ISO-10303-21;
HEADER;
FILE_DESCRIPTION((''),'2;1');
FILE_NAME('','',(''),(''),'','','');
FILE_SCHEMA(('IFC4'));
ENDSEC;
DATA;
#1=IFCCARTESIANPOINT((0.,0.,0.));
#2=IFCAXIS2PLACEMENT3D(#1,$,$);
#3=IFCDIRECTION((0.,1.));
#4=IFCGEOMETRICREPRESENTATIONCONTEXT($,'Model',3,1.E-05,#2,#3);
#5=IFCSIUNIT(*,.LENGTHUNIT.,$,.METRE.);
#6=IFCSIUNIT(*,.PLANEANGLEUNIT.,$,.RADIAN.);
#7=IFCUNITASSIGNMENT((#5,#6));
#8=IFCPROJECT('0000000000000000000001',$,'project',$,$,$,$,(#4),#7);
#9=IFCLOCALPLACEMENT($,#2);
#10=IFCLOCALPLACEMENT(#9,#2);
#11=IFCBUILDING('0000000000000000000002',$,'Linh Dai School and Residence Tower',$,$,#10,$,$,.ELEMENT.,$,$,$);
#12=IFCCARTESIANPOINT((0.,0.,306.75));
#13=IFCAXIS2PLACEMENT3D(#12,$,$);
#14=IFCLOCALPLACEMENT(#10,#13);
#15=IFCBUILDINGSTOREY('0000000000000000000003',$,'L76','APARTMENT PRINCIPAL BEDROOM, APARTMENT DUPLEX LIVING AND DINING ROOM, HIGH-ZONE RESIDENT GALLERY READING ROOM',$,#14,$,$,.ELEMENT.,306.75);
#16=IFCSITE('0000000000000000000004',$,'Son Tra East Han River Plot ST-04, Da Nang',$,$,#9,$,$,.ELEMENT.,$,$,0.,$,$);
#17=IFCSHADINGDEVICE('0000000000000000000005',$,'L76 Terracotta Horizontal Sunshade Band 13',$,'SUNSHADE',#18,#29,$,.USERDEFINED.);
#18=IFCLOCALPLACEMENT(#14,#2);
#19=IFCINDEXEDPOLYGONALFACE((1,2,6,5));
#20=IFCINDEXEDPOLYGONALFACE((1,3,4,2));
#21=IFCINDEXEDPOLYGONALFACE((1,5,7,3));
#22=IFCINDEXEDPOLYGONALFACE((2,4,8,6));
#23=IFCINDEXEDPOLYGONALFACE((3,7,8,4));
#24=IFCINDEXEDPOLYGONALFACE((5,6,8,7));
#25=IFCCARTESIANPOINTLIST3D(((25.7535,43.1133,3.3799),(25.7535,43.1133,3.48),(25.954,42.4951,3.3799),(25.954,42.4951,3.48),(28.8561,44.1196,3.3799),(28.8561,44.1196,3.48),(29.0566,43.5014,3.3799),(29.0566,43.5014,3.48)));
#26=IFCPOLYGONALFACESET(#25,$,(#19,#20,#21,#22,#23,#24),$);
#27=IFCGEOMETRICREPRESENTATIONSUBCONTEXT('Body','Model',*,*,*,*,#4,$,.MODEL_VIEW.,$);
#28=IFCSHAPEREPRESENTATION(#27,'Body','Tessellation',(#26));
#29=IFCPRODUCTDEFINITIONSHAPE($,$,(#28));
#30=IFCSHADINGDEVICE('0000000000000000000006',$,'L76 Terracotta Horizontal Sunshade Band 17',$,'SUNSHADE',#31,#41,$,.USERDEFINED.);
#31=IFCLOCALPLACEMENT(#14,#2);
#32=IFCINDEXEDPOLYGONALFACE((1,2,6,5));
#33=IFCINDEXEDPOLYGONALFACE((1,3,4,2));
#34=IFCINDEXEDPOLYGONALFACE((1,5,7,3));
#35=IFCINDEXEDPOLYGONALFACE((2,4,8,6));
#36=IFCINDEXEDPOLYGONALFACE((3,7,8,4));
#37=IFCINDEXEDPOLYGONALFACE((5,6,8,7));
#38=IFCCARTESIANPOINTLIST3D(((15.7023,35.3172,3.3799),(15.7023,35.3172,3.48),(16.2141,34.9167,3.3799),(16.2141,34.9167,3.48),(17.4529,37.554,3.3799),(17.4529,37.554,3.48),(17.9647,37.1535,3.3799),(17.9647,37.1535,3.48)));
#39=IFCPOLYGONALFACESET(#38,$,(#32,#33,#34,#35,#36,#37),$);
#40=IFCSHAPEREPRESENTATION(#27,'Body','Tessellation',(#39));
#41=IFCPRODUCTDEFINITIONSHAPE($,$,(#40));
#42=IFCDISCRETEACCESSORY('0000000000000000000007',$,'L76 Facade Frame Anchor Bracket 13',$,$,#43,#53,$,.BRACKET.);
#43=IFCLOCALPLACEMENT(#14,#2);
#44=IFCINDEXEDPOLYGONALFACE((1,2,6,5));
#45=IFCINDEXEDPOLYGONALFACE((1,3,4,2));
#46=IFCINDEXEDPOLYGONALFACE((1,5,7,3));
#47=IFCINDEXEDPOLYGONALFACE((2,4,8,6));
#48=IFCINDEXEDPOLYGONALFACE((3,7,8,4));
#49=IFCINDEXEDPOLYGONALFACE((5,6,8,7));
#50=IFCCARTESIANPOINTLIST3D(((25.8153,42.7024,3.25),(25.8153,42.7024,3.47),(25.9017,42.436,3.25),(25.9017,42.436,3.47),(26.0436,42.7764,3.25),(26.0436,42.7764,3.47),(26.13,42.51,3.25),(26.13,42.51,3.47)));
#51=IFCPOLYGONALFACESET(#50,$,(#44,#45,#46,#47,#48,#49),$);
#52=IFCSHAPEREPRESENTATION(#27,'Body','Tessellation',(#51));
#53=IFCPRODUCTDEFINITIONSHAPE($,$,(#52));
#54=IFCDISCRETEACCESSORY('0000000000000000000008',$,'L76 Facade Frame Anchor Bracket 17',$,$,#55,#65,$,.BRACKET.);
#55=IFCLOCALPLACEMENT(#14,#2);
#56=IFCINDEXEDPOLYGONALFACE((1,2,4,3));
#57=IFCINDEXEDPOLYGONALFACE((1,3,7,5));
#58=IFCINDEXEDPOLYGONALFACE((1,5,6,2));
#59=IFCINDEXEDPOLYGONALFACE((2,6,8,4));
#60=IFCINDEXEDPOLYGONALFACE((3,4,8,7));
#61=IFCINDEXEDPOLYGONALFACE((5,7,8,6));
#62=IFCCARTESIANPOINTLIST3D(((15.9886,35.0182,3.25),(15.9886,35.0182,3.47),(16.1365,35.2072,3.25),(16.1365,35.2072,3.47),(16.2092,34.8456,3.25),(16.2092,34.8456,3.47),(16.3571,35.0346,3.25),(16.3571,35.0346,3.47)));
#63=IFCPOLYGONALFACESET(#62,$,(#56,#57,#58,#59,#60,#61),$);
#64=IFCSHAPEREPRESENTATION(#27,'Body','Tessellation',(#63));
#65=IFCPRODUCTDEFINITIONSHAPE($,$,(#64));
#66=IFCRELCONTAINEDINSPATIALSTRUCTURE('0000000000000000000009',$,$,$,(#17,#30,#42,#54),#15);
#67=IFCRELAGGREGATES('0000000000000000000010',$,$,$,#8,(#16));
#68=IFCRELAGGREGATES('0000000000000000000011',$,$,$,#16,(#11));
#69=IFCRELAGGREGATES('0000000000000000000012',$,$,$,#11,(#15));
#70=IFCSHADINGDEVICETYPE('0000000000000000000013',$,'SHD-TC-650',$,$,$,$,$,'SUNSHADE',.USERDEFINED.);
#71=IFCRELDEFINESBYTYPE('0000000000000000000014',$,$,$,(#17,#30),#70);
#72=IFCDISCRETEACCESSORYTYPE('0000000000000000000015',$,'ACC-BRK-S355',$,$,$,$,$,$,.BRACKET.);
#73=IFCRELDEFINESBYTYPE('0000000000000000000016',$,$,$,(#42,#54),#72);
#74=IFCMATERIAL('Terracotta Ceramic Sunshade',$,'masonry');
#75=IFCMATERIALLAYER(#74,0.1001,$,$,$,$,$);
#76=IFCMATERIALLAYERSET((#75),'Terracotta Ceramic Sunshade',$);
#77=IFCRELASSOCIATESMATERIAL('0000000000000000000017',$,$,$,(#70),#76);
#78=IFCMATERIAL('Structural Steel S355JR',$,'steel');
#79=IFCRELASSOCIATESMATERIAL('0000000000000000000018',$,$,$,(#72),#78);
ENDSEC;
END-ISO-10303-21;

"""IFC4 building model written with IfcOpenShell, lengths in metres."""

from ifc_helpers import new_model, si_unit, direction, frame, origin, origin_2d, place, context, subcontext, project, spatial, rectangle, extrude, source, transform, mapped, material, layer, layer_set, type_object, element, save


model = new_model("IFC4")

# Units and contexts
model_context = context("Model", 3, precision=1e-05, world=origin(), true_north=direction((0.0, 1.0)))
body_context = subcontext(model_context, "Body", "Model", "MODEL_VIEW")
ifc_project = project(units=[si_unit("LENGTHUNIT", "METRE"), si_unit("PLANEANGLEUNIT", "RADIAN")], contexts=[model_context])

# Site, building, storey
site_placement = place(None, origin())
site = spatial("IfcSite", under=ifc_project, at=site_placement, Name="Son Tra East Han River Plot ST-04, Da Nang", CompositionType="ELEMENT", RefElevation=0.0)
building_placement = place(site_placement, origin())
building = spatial("IfcBuilding", under=site, at=building_placement, Name="Linh Dai School and Residence Tower", CompositionType="ELEMENT")
storey_placement = place(building_placement, frame((0.0, 0.0, 306.75)))
storey = spatial("IfcBuildingStorey", under=building, at=storey_placement, Name="L76", Description="APARTMENT PRINCIPAL BEDROOM, APARTMENT DUPLEX LIVING AND DINING ROOM, HIGH-ZONE RESIDENT GALLERY READING ROOM", CompositionType="ELEMENT", Elevation=306.75)

# Shared definitions
ifc_material_1 = material(Name="Structural Steel S355JR", Category="steel")

# Shading devices
ifc_material_2 = material(Name="Terracotta Ceramic Sunshade", Category="masonry")
ifc_layer_1 = layer(ifc_material_2, 0.1001)
ifc_layer_set_1 = layer_set([ifc_layer_1], Name="Terracotta Ceramic Sunshade")
shading_device_type = type_object("IfcShadingDeviceType", Name="SHD-TC-650", ElementType="SUNSHADE", PredefinedType="USERDEFINED", material=ifc_layer_set_1)
shared_shape_1 = source(origin(), body_context, "Body", "SweptSolid", [
    extrude(rectangle(XDim=3.2617, YDim=0.6499, at=origin_2d()), origin(), (0.0, 0.0, 1.0), 0.1001),
])
shading_device_1_placement = place(storey_placement, frame((27.405, 43.3074, 3.3799), z_axis=(0.0, 0.0, 1.0), x_axis=(0.951218, 0.308519, 0.0)))
element("IfcShadingDevice", 1, at=shading_device_1_placement, inside=storey, type_object=shading_device_type, Name="L76 Terracotta Horizontal Sunshade Band 13", ObjectType="SUNSHADE", PredefinedType="USERDEFINED", context=body_context, shape_type="MappedRepresentation", body=[
    mapped(shared_shape_1, transform((0.0, 0.0, 0.0), x_axis=(1.0, 0.0, 0.0), y_axis=(0.0, 1.0, 0.0), z_axis=(0.0, 0.0, 1.0), scale=1.0)),
])
shared_shape_2 = source(origin(), body_context, "Body", "SweptSolid", [
    extrude(rectangle(XDim=2.8403, YDim=0.6499, at=origin_2d()), origin(), (0.0, 0.0, 1.0), 0.1001),
])
shading_device_2_placement = place(storey_placement, frame((16.8335, 36.2354, 3.3799), z_axis=(0.0, 0.0, 1.0), x_axis=(0.616311, 0.787503, 0.0)))
element("IfcShadingDevice", 2, at=shading_device_2_placement, inside=storey, type_object=shading_device_type, Name="L76 Terracotta Horizontal Sunshade Band 17", ObjectType="SUNSHADE", PredefinedType="USERDEFINED", context=body_context, shape_type="MappedRepresentation", body=[
    mapped(shared_shape_2, transform((0.0, 0.0, 0.0), x_axis=(1.0, 0.0, 0.0), y_axis=(0.0, 1.0, 0.0), z_axis=(0.0, 0.0, 1.0), scale=1.0)),
])

# Discrete accessories
discrete_accessory_type = type_object("IfcDiscreteAccessoryType", Name="ACC-BRK-S355", PredefinedType="BRACKET", material=ifc_material_1)
shared_shape_3 = source(origin(), body_context, "Body", "SweptSolid", [
    extrude(rectangle(XDim=0.28, YDim=0.24, at=origin_2d()), origin(), (0.0, 0.0, 1.0), 0.22),
])
for number, where, z_axis, x_axis, name in (
    (3, (25.9727, 42.6062, 3.25), (0.0, 0.0, 1.0), (-0.308519, 0.951218, 0.0), "L76 Facade Frame Anchor Bracket 13"),
    (4, (16.1729, 35.0264, 3.25), (0.0, 0.0, 1.0), (-0.787503, 0.616311, 0.0), "L76 Facade Frame Anchor Bracket 17"),
):
    element("IfcDiscreteAccessory", number, at=place(storey_placement, frame(where, z_axis=z_axis, x_axis=x_axis)), inside=storey, type_object=discrete_accessory_type, Name=name, PredefinedType="BRACKET", context=body_context, shape_type="MappedRepresentation", body=[
        mapped(shared_shape_3, transform((0.0, 0.0, 0.0), x_axis=(1.0, 0.0, 0.0), y_axis=(0.0, 1.0, 0.0), z_axis=(0.0, 0.0, 1.0), scale=1.0)),
    ])

save(model, "model.ifc")
